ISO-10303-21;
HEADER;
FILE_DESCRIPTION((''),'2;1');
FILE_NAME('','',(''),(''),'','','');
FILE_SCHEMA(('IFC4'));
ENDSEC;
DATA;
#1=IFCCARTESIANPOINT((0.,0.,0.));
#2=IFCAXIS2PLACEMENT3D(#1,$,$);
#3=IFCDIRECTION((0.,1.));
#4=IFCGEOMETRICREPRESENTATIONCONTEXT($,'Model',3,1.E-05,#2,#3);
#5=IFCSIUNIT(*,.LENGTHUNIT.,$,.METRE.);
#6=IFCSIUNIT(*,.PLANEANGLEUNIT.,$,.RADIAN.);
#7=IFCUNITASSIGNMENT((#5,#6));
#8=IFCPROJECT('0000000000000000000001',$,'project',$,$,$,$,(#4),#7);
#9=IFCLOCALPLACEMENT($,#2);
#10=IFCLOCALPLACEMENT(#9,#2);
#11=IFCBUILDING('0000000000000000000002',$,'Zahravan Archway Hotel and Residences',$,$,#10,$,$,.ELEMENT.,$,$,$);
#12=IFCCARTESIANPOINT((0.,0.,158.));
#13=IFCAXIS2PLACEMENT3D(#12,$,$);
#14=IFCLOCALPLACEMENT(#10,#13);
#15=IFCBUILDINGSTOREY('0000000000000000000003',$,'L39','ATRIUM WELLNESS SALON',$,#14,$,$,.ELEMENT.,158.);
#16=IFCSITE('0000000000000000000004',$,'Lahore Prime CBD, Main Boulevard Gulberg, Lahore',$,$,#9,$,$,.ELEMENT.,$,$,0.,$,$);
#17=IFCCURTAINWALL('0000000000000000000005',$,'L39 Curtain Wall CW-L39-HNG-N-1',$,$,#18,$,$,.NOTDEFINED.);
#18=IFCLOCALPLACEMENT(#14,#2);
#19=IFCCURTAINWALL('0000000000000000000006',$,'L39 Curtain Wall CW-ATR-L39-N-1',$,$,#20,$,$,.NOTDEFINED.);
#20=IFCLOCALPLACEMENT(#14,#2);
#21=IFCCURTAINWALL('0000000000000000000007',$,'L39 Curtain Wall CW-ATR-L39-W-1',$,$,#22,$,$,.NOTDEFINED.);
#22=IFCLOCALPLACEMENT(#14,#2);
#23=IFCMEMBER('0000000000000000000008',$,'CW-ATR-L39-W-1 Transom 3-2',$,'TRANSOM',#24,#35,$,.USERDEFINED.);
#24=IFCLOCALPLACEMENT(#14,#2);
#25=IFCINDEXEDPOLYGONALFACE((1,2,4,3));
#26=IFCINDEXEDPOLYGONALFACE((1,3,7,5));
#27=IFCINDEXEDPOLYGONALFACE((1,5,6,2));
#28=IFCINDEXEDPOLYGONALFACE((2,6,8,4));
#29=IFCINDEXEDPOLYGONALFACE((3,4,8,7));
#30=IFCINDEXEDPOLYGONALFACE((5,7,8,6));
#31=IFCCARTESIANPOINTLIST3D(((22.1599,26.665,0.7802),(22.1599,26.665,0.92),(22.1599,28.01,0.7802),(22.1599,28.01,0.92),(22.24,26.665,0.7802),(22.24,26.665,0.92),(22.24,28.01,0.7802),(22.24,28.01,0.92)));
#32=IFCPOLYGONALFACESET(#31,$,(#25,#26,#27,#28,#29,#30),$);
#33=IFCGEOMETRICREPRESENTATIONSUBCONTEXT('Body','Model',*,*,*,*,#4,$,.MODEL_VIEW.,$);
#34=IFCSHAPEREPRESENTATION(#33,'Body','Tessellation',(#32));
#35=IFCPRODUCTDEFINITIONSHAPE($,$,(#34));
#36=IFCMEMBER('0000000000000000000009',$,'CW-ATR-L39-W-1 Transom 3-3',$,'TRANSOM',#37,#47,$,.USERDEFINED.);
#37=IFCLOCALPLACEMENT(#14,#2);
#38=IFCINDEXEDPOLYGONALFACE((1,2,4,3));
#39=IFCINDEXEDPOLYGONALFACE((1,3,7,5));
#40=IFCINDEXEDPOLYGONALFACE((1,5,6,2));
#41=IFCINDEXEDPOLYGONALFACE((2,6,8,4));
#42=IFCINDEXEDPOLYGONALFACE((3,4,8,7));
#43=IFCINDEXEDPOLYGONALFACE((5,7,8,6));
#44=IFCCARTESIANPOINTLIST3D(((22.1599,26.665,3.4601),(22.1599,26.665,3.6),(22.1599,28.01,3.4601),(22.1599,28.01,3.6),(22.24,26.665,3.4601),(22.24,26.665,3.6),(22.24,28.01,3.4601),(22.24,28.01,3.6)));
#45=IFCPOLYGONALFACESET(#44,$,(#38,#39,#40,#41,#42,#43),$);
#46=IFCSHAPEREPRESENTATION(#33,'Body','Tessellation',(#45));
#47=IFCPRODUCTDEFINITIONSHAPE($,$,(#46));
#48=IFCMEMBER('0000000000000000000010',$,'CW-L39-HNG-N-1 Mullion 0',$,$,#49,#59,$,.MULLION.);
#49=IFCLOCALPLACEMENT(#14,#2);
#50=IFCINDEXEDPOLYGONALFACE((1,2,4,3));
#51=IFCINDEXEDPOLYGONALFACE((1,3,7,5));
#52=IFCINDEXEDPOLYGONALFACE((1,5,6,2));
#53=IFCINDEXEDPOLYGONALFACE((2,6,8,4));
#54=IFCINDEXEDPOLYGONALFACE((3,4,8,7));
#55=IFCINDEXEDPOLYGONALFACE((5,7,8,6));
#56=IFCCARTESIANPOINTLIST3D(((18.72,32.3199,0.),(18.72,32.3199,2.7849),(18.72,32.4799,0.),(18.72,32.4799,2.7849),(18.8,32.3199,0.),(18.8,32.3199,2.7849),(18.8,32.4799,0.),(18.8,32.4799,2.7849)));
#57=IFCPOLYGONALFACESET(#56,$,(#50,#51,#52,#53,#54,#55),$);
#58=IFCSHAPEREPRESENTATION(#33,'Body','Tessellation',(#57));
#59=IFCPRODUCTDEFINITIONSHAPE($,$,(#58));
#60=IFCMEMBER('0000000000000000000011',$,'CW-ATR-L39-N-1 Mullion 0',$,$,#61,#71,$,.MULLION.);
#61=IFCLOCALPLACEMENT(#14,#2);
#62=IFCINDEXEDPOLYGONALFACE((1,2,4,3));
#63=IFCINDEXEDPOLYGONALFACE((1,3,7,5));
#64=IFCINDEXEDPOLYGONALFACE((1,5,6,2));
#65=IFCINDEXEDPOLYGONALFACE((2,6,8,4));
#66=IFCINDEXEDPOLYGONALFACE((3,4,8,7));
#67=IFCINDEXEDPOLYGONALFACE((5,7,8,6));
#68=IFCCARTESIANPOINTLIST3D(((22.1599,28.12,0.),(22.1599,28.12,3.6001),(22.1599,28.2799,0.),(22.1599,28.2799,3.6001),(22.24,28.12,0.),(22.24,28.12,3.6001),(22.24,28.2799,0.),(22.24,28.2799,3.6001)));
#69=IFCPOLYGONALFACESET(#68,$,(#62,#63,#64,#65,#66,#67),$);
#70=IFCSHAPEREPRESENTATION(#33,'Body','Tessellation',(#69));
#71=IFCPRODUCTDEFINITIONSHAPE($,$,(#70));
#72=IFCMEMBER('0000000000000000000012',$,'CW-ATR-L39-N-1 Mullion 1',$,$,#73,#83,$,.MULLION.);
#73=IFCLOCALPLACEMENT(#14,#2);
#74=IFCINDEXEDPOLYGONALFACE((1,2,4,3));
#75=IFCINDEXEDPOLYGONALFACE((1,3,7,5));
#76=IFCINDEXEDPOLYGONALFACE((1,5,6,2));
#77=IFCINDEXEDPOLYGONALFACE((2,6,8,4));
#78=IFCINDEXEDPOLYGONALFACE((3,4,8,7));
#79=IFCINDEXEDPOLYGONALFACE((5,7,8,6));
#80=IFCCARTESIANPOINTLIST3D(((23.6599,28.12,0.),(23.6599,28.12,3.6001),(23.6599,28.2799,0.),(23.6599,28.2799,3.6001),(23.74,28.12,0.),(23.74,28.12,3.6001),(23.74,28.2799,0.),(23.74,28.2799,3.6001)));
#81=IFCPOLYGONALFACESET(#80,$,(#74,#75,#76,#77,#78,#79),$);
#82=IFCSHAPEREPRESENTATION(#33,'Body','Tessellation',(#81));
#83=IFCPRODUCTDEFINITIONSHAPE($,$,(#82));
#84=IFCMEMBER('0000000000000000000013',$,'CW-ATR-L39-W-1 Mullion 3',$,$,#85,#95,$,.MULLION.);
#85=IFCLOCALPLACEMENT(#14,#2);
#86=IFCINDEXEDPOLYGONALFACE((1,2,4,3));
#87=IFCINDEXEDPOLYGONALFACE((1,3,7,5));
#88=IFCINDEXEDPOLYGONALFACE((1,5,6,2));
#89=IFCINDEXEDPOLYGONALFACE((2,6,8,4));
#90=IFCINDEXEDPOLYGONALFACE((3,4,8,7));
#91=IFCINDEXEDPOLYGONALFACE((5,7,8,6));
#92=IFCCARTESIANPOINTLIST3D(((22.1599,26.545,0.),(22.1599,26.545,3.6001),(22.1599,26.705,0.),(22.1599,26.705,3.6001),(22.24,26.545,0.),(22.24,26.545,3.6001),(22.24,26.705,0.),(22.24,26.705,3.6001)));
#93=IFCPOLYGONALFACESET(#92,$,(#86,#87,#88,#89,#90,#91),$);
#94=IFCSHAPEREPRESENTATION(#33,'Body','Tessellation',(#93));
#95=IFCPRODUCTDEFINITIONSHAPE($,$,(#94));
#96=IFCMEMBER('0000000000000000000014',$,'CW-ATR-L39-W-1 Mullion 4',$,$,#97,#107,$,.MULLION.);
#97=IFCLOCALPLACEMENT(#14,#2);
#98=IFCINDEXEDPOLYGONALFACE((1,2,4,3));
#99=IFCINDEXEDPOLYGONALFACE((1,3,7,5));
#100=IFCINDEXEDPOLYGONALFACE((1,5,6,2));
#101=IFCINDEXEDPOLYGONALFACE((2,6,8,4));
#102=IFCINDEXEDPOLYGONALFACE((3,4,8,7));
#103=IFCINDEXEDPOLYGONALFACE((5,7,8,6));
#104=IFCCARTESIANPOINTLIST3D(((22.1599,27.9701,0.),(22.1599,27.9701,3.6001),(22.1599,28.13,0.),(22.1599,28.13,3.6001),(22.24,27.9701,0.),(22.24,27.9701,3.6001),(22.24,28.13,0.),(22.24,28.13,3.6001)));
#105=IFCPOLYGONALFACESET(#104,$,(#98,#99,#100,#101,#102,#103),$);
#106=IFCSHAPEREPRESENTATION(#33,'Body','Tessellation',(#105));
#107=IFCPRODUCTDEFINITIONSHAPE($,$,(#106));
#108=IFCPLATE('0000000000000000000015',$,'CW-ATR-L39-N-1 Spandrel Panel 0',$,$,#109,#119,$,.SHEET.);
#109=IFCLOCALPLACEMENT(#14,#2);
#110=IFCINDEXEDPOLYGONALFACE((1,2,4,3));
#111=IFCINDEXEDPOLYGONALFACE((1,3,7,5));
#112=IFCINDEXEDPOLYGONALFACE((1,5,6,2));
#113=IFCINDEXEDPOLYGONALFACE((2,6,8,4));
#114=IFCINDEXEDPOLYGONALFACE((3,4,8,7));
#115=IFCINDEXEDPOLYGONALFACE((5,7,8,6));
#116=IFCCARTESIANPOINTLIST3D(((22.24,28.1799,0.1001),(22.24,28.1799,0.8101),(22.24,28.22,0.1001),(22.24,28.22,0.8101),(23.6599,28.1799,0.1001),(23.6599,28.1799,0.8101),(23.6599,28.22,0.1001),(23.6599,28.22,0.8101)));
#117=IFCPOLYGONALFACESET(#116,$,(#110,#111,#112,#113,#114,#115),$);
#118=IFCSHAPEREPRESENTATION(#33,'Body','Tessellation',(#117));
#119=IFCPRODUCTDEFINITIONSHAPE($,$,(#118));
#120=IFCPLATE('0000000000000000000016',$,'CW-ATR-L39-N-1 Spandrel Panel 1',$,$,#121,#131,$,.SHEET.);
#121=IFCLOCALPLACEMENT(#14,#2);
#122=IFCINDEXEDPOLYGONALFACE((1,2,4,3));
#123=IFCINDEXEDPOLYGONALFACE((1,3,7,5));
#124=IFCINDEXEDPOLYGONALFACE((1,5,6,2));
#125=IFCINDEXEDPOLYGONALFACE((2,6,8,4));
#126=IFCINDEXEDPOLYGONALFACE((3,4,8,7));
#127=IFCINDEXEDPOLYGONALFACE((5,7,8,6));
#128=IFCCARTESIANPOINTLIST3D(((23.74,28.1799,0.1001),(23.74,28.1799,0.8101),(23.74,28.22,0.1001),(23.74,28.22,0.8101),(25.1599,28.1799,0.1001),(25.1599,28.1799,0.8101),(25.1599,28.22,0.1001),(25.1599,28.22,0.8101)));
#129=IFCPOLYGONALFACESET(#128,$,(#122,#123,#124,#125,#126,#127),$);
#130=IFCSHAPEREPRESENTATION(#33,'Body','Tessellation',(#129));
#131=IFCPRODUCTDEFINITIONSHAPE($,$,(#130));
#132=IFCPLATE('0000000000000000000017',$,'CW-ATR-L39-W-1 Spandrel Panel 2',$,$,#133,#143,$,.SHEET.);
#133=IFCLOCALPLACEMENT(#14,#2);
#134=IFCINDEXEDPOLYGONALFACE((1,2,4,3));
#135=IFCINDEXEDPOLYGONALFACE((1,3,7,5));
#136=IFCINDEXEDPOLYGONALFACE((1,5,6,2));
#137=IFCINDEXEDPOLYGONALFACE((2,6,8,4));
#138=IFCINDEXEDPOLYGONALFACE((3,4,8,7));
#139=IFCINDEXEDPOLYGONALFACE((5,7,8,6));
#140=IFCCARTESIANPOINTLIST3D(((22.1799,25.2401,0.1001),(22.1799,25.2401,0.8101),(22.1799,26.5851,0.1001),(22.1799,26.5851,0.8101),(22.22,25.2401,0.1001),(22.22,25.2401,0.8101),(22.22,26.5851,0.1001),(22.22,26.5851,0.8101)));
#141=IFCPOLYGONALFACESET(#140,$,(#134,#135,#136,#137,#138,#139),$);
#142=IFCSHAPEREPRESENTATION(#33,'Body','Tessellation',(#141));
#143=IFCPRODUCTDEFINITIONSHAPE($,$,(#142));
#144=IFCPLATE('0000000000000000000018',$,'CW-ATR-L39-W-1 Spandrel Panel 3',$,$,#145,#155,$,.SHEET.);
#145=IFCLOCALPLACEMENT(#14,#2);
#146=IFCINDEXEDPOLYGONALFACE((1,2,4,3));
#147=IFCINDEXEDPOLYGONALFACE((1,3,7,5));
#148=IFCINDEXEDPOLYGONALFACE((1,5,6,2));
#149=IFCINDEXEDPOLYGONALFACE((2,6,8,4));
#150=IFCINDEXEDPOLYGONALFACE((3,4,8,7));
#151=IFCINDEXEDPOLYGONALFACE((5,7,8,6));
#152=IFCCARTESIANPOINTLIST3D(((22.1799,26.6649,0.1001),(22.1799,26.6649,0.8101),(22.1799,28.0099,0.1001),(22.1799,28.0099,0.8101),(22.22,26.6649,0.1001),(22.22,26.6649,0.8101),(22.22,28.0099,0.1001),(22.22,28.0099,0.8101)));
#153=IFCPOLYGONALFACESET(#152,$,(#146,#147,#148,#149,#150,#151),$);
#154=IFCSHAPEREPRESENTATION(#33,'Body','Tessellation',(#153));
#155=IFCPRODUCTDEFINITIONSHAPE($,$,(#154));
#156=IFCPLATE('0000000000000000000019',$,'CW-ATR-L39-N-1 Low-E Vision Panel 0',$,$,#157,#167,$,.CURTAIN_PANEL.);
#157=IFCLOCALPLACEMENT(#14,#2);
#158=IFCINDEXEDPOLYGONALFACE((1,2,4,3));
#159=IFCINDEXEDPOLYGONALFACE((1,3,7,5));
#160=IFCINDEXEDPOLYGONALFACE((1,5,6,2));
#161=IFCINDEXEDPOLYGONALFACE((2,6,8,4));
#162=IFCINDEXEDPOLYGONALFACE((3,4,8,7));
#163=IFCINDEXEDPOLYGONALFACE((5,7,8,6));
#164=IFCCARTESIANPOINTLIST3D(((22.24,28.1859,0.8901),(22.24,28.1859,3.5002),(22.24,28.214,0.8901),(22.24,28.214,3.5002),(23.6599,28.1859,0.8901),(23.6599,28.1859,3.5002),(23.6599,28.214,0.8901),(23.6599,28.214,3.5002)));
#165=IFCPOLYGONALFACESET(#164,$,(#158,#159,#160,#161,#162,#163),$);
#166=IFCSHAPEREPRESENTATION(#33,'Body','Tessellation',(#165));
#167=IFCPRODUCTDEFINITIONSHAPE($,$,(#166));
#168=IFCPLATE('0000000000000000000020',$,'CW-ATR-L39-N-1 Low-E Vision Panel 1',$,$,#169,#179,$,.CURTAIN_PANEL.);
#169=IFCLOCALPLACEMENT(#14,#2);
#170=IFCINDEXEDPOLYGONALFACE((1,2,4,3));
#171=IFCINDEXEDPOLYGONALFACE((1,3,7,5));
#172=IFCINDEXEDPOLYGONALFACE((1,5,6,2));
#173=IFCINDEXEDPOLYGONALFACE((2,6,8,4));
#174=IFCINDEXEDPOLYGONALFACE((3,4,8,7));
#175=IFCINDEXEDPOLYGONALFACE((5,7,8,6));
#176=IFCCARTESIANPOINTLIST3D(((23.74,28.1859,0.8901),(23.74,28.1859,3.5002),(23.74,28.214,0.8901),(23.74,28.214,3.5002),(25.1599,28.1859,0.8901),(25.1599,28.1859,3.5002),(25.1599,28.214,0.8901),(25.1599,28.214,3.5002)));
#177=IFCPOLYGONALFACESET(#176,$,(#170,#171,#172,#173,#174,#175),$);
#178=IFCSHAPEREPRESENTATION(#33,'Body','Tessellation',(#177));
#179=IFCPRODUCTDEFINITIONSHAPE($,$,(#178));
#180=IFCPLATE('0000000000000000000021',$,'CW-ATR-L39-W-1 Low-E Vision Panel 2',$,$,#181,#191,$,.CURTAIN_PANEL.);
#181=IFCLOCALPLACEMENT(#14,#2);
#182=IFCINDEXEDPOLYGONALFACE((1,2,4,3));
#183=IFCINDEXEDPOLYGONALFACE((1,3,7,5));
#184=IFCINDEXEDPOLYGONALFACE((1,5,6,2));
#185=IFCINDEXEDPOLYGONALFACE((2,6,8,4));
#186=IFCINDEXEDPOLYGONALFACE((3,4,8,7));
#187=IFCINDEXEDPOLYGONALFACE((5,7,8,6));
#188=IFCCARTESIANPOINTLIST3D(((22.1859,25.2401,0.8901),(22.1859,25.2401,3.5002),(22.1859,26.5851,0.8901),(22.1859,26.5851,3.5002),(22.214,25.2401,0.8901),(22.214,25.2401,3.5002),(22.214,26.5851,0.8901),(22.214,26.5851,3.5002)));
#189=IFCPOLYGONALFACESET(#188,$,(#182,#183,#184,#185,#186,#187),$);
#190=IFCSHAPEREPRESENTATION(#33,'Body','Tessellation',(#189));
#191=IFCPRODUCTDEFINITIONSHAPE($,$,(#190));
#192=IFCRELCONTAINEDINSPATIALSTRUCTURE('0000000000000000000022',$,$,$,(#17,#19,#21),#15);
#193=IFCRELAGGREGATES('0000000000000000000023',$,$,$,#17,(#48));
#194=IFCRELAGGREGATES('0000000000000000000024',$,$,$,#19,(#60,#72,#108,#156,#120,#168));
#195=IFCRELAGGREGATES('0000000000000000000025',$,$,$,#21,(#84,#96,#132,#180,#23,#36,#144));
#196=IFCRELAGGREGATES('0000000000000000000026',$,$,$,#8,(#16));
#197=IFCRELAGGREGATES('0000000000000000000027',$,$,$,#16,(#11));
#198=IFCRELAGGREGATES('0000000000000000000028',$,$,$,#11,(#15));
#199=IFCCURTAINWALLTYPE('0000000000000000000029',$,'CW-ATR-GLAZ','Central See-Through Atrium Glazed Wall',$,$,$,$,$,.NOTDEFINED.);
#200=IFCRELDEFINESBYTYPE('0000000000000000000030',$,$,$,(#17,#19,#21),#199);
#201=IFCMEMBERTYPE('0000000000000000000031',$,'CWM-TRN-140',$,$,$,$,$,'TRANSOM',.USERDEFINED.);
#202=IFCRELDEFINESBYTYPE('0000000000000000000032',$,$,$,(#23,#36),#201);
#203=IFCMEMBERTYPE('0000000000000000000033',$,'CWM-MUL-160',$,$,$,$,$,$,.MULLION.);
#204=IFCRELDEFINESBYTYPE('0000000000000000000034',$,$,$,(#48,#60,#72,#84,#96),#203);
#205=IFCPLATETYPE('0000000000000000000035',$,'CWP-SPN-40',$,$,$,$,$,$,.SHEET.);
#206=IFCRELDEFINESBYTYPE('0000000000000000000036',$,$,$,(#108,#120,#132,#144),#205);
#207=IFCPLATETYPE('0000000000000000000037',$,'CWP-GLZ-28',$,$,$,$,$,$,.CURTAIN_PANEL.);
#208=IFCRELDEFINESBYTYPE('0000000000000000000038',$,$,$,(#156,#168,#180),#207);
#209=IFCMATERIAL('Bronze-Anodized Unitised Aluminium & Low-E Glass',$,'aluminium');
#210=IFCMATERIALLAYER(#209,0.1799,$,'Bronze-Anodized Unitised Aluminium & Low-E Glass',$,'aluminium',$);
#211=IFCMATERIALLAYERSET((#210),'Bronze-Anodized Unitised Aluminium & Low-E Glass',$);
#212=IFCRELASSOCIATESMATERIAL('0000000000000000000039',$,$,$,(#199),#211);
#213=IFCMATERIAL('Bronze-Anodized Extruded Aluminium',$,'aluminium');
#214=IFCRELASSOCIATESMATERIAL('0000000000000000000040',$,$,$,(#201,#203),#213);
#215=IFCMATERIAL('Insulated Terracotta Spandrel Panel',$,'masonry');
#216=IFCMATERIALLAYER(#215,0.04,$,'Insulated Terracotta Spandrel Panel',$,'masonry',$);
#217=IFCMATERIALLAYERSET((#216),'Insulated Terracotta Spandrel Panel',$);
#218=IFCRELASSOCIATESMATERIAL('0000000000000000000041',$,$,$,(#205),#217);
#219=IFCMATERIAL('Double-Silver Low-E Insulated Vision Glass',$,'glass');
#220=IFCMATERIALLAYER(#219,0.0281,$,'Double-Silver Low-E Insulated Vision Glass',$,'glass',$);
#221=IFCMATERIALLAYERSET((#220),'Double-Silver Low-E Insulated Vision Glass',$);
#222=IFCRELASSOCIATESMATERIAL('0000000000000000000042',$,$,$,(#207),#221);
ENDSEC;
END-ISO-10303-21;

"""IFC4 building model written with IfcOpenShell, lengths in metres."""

from ifc_helpers import new_model, si_unit, direction, frame, origin, origin_2d, place, context, subcontext, project, spatial, rectangle, extrude, source, transform, mapped, material, layer, layer_set, material_profile, profile_set, type_object, element, aggregate, save


model = new_model("IFC4")

# Units and contexts
model_context = context("Model", 3, precision=1e-05, world=origin(), true_north=direction((0.0, 1.0)))
body_context = subcontext(model_context, "Body", "Model", "MODEL_VIEW")
ifc_project = project(units=[si_unit("LENGTHUNIT", "METRE"), si_unit("PLANEANGLEUNIT", "RADIAN")], contexts=[model_context])

# Site, building, storey
site_placement = place(None, origin())
site = spatial("IfcSite", under=ifc_project, at=site_placement, Name="Lahore Prime CBD, Main Boulevard Gulberg, Lahore", CompositionType="ELEMENT", RefElevation=0.0)
building_placement = place(site_placement, origin())
building = spatial("IfcBuilding", under=site, at=building_placement, Name="Zahravan Archway Hotel and Residences", CompositionType="ELEMENT")
storey_placement = place(building_placement, frame((0.0, 0.0, 158.0)))
storey = spatial("IfcBuildingStorey", under=building, at=storey_placement, Name="L39", Description="ATRIUM WELLNESS SALON", CompositionType="ELEMENT", Elevation=158.0)

# Curtain walls, members
ifc_material_1 = material(Name="Bronze-Anodized Unitised Aluminium & Low-E Glass", Category="aluminium")
ifc_layer_1 = layer(ifc_material_1, 0.1799, Name="Bronze-Anodized Unitised Aluminium & Low-E Glass", Category="aluminium")
ifc_layer_set_1 = layer_set([ifc_layer_1], Name="Bronze-Anodized Unitised Aluminium & Low-E Glass")
curtain_wall_type = type_object("IfcCurtainWallType", Name="CW-ATR-GLAZ", Description="Central See-Through Atrium Glazed Wall", PredefinedType="NOTDEFINED", material=ifc_layer_set_1)
curtain_wall_1_placement = place(storey_placement, origin())
curtain_wall_1 = element("IfcCurtainWall", 1, at=curtain_wall_1_placement, inside=storey, type_object=curtain_wall_type, Name="L39 Curtain Wall CW-L39-HNG-N-1", PredefinedType="NOTDEFINED")
ifc_material_2 = material(Name="Bronze-Anodized Extruded Aluminium", Category="aluminium")
ifc_material_profile_1 = material_profile(ifc_material_2, rectangle(XDim=0.0801, YDim=0.1399, at=origin_2d()), Name="TRN 80x140", Category="aluminium")
ifc_profile_set_1 = profile_set([ifc_material_profile_1], Name="Bronze-Anodized Extruded Aluminium")
member_type_1 = type_object("IfcMemberType", Name="CWM-TRN-140", ElementType="TRANSOM", PredefinedType="USERDEFINED", material=ifc_profile_set_1)
curtain_wall_2_placement = place(storey_placement, origin())
curtain_wall_2 = element("IfcCurtainWall", 2, at=curtain_wall_2_placement, inside=storey, type_object=curtain_wall_type, Name="L39 Curtain Wall CW-ATR-L39-N-1", PredefinedType="NOTDEFINED")
curtain_wall_3_placement = place(storey_placement, origin())
curtain_wall_3 = element("IfcCurtainWall", 3, at=curtain_wall_3_placement, inside=storey, type_object=curtain_wall_type, Name="L39 Curtain Wall CW-ATR-L39-W-1", PredefinedType="NOTDEFINED")
shared_shape_1 = source(origin(), body_context, "Body", "SweptSolid", [
    extrude(rectangle(XDim=0.0801, YDim=0.1399, at=origin_2d()), origin(), (0.0, 0.0, 1.0), 1.345),
])
member_1_placement = place(storey_placement, frame((22.2, 26.665, 0.8501), z_axis=(0.0, 1.0, 0.0), x_axis=(-1.0, 0.0, 0.0)))
member_1 = element("IfcMember", 4, at=member_1_placement, type_object=member_type_1, Name="CW-ATR-L39-W-1 Transom 3-2", ObjectType="TRANSOM", PredefinedType="USERDEFINED", context=body_context, shape_type="MappedRepresentation", body=[
    mapped(shared_shape_1, transform((0.0, 0.0, 0.0), scale=1.0)),
])
member_2_placement = place(storey_placement, frame((22.2, 26.665, 3.53), z_axis=(0.0, 1.0, 0.0), x_axis=(-1.0, 0.0, 0.0)))
member_2 = element("IfcMember", 5, at=member_2_placement, type_object=member_type_1, Name="CW-ATR-L39-W-1 Transom 3-3", ObjectType="TRANSOM", PredefinedType="USERDEFINED", context=body_context, shape_type="MappedRepresentation", body=[
    mapped(shared_shape_1, transform((0.0, 0.0, 0.0), scale=1.0)),
])

# Members
ifc_material_profile_2 = material_profile(ifc_material_2, rectangle(XDim=0.0801, YDim=0.1599, at=origin_2d()), Name="MUL 80x160", Category="aluminium")
ifc_profile_set_2 = profile_set([ifc_material_profile_2], Name="Bronze-Anodized Extruded Aluminium")
member_type_2 = type_object("IfcMemberType", Name="CWM-MUL-160", PredefinedType="MULLION", material=ifc_profile_set_2)
shared_shape_2 = source(origin(), body_context, "Body", "SweptSolid", [
    extrude(rectangle(XDim=0.0801, YDim=0.1599, at=origin_2d()), origin(), (0.0, 0.0, 1.0), 2.7849),
])
member_3_placement = place(storey_placement, frame((18.76, 32.3999, 0.0), z_axis=(0.0, 0.0, 1.0), x_axis=(1.0, 0.0, 0.0)))
member_3 = element("IfcMember", 6, at=member_3_placement, type_object=member_type_2, Name="CW-L39-HNG-N-1 Mullion 0", PredefinedType="MULLION", context=body_context, shape_type="MappedRepresentation", body=[
    mapped(shared_shape_2, transform((0.0, 0.0, 0.0), scale=1.0)),
])
aggregate(curtain_wall_1, [member_3])
shared_shape_3 = source(origin(), body_context, "Body", "SweptSolid", [
    extrude(rectangle(XDim=0.0801, YDim=0.1599, at=origin_2d()), origin(), (0.0, 0.0, 1.0), 3.6001),
])
member_4_placement = place(storey_placement, frame((22.2, 28.2, 0.0), z_axis=(0.0, 0.0, 1.0), x_axis=(1.0, 0.0, 0.0)))
member_4 = element("IfcMember", 7, at=member_4_placement, type_object=member_type_2, Name="CW-ATR-L39-N-1 Mullion 0", PredefinedType="MULLION", context=body_context, shape_type="MappedRepresentation", body=[
    mapped(shared_shape_3, transform((0.0, 0.0, 0.0), scale=1.0)),
])
member_5_placement = place(storey_placement, frame((23.7, 28.2, 0.0), z_axis=(0.0, 0.0, 1.0), x_axis=(1.0, 0.0, 0.0)))
member_5 = element("IfcMember", 8, at=member_5_placement, type_object=member_type_2, Name="CW-ATR-L39-N-1 Mullion 1", PredefinedType="MULLION", context=body_context, shape_type="MappedRepresentation", body=[
    mapped(shared_shape_3, transform((0.0, 0.0, 0.0), scale=1.0)),
])
member_6_placement = place(storey_placement, frame((22.2, 26.625, 0.0), z_axis=(0.0, 0.0, 1.0), x_axis=(1.0, 0.0, 0.0)))
member_6 = element("IfcMember", 9, at=member_6_placement, type_object=member_type_2, Name="CW-ATR-L39-W-1 Mullion 3", PredefinedType="MULLION", context=body_context, shape_type="MappedRepresentation", body=[
    mapped(shared_shape_3, transform((0.0, 0.0, 0.0), scale=1.0)),
])
member_7_placement = place(storey_placement, frame((22.2, 28.05, 0.0), z_axis=(0.0, 0.0, 1.0), x_axis=(1.0, 0.0, 0.0)))
member_7 = element("IfcMember", 10, at=member_7_placement, type_object=member_type_2, Name="CW-ATR-L39-W-1 Mullion 4", PredefinedType="MULLION", context=body_context, shape_type="MappedRepresentation", body=[
    mapped(shared_shape_3, transform((0.0, 0.0, 0.0), scale=1.0)),
])

# Plates
ifc_material_3 = material(Name="Insulated Terracotta Spandrel Panel", Category="masonry")
ifc_layer_2 = layer(ifc_material_3, 0.04, Name="Insulated Terracotta Spandrel Panel", Category="masonry")
ifc_layer_set_2 = layer_set([ifc_layer_2], Name="Insulated Terracotta Spandrel Panel")
plate_type_1 = type_object("IfcPlateType", Name="CWP-SPN-40", PredefinedType="SHEET", material=ifc_layer_set_2)
shared_shape_4 = source(origin(), body_context, "Body", "SweptSolid", [
    extrude(rectangle(XDim=1.4199, YDim=0.04, at=origin_2d()), origin(), (0.0, 0.0, 1.0), 0.71),
])
plate_1_placement = place(storey_placement, frame((22.95, 28.2, 0.1001), z_axis=(0.0, 0.0, 1.0), x_axis=(1.0, 0.0, 0.0)))
plate_1 = element("IfcPlate", 11, at=plate_1_placement, type_object=plate_type_1, Name="CW-ATR-L39-N-1 Spandrel Panel 0", PredefinedType="SHEET", context=body_context, shape_type="MappedRepresentation", body=[
    mapped(shared_shape_4, transform((0.0, 0.0, 0.0), scale=1.0)),
])
plate_2_placement = place(storey_placement, frame((24.45, 28.2, 0.1001), z_axis=(0.0, 0.0, 1.0), x_axis=(1.0, 0.0, 0.0)))
plate_2 = element("IfcPlate", 12, at=plate_2_placement, type_object=plate_type_1, Name="CW-ATR-L39-N-1 Spandrel Panel 1", PredefinedType="SHEET", context=body_context, shape_type="MappedRepresentation", body=[
    mapped(shared_shape_4, transform((0.0, 0.0, 0.0), scale=1.0)),
])
shared_shape_5 = source(origin(), body_context, "Body", "SweptSolid", [
    extrude(rectangle(XDim=1.345, YDim=0.04, at=origin_2d()), origin(), (0.0, 0.0, 1.0), 0.71),
])
plate_3_placement = place(storey_placement, frame((22.2, 25.9126, 0.1001), z_axis=(0.0, 0.0, 1.0), x_axis=(0.0, 1.0, 0.0)))
plate_3 = element("IfcPlate", 13, at=plate_3_placement, type_object=plate_type_1, Name="CW-ATR-L39-W-1 Spandrel Panel 2", PredefinedType="SHEET", context=body_context, shape_type="MappedRepresentation", body=[
    mapped(shared_shape_5, transform((0.0, 0.0, 0.0), scale=1.0)),
])
plate_4_placement = place(storey_placement, frame((22.2, 27.3374, 0.1001), z_axis=(0.0, 0.0, 1.0), x_axis=(0.0, 1.0, 0.0)))
plate_4 = element("IfcPlate", 14, at=plate_4_placement, type_object=plate_type_1, Name="CW-ATR-L39-W-1 Spandrel Panel 3", PredefinedType="SHEET", context=body_context, shape_type="MappedRepresentation", body=[
    mapped(shared_shape_5, transform((0.0, 0.0, 0.0), scale=1.0)),
])
ifc_material_4 = material(Name="Double-Silver Low-E Insulated Vision Glass", Category="glass")
ifc_layer_3 = layer(ifc_material_4, 0.0281, Name="Double-Silver Low-E Insulated Vision Glass", Category="glass")
ifc_layer_set_3 = layer_set([ifc_layer_3], Name="Double-Silver Low-E Insulated Vision Glass")
plate_type_2 = type_object("IfcPlateType", Name="CWP-GLZ-28", PredefinedType="CURTAIN_PANEL", material=ifc_layer_set_3)
shared_shape_6 = source(origin(), body_context, "Body", "SweptSolid", [
    extrude(rectangle(XDim=1.4199, YDim=0.0281, at=origin_2d()), origin(), (0.0, 0.0, 1.0), 2.6101),
])
plate_5_placement = place(storey_placement, frame((22.95, 28.2, 0.8901), z_axis=(0.0, 0.0, 1.0), x_axis=(1.0, 0.0, 0.0)))
plate_5 = element("IfcPlate", 15, at=plate_5_placement, type_object=plate_type_2, Name="CW-ATR-L39-N-1 Low-E Vision Panel 0", PredefinedType="CURTAIN_PANEL", context=body_context, shape_type="MappedRepresentation", body=[
    mapped(shared_shape_6, transform((0.0, 0.0, 0.0), scale=1.0)),
])
plate_6_placement = place(storey_placement, frame((24.45, 28.2, 0.8901), z_axis=(0.0, 0.0, 1.0), x_axis=(1.0, 0.0, 0.0)))
plate_6 = element("IfcPlate", 16, at=plate_6_placement, type_object=plate_type_2, Name="CW-ATR-L39-N-1 Low-E Vision Panel 1", PredefinedType="CURTAIN_PANEL", context=body_context, shape_type="MappedRepresentation", body=[
    mapped(shared_shape_6, transform((0.0, 0.0, 0.0), scale=1.0)),
])
aggregate(curtain_wall_2, [member_4, member_5, plate_1, plate_5, plate_2, plate_6])
shared_shape_7 = source(origin(), body_context, "Body", "SweptSolid", [
    extrude(rectangle(XDim=1.345, YDim=0.0281, at=origin_2d()), origin(), (0.0, 0.0, 1.0), 2.6101),
])
plate_7_placement = place(storey_placement, frame((22.2, 25.9126, 0.8901), z_axis=(0.0, 0.0, 1.0), x_axis=(0.0, 1.0, 0.0)))
plate_7 = element("IfcPlate", 17, at=plate_7_placement, type_object=plate_type_2, Name="CW-ATR-L39-W-1 Low-E Vision Panel 2", PredefinedType="CURTAIN_PANEL", context=body_context, shape_type="MappedRepresentation", body=[
    mapped(shared_shape_7, transform((0.0, 0.0, 0.0), scale=1.0)),
])
aggregate(curtain_wall_3, [member_6, member_7, plate_3, plate_7, member_1, member_2, plate_4])

save(model, "model.ifc")
